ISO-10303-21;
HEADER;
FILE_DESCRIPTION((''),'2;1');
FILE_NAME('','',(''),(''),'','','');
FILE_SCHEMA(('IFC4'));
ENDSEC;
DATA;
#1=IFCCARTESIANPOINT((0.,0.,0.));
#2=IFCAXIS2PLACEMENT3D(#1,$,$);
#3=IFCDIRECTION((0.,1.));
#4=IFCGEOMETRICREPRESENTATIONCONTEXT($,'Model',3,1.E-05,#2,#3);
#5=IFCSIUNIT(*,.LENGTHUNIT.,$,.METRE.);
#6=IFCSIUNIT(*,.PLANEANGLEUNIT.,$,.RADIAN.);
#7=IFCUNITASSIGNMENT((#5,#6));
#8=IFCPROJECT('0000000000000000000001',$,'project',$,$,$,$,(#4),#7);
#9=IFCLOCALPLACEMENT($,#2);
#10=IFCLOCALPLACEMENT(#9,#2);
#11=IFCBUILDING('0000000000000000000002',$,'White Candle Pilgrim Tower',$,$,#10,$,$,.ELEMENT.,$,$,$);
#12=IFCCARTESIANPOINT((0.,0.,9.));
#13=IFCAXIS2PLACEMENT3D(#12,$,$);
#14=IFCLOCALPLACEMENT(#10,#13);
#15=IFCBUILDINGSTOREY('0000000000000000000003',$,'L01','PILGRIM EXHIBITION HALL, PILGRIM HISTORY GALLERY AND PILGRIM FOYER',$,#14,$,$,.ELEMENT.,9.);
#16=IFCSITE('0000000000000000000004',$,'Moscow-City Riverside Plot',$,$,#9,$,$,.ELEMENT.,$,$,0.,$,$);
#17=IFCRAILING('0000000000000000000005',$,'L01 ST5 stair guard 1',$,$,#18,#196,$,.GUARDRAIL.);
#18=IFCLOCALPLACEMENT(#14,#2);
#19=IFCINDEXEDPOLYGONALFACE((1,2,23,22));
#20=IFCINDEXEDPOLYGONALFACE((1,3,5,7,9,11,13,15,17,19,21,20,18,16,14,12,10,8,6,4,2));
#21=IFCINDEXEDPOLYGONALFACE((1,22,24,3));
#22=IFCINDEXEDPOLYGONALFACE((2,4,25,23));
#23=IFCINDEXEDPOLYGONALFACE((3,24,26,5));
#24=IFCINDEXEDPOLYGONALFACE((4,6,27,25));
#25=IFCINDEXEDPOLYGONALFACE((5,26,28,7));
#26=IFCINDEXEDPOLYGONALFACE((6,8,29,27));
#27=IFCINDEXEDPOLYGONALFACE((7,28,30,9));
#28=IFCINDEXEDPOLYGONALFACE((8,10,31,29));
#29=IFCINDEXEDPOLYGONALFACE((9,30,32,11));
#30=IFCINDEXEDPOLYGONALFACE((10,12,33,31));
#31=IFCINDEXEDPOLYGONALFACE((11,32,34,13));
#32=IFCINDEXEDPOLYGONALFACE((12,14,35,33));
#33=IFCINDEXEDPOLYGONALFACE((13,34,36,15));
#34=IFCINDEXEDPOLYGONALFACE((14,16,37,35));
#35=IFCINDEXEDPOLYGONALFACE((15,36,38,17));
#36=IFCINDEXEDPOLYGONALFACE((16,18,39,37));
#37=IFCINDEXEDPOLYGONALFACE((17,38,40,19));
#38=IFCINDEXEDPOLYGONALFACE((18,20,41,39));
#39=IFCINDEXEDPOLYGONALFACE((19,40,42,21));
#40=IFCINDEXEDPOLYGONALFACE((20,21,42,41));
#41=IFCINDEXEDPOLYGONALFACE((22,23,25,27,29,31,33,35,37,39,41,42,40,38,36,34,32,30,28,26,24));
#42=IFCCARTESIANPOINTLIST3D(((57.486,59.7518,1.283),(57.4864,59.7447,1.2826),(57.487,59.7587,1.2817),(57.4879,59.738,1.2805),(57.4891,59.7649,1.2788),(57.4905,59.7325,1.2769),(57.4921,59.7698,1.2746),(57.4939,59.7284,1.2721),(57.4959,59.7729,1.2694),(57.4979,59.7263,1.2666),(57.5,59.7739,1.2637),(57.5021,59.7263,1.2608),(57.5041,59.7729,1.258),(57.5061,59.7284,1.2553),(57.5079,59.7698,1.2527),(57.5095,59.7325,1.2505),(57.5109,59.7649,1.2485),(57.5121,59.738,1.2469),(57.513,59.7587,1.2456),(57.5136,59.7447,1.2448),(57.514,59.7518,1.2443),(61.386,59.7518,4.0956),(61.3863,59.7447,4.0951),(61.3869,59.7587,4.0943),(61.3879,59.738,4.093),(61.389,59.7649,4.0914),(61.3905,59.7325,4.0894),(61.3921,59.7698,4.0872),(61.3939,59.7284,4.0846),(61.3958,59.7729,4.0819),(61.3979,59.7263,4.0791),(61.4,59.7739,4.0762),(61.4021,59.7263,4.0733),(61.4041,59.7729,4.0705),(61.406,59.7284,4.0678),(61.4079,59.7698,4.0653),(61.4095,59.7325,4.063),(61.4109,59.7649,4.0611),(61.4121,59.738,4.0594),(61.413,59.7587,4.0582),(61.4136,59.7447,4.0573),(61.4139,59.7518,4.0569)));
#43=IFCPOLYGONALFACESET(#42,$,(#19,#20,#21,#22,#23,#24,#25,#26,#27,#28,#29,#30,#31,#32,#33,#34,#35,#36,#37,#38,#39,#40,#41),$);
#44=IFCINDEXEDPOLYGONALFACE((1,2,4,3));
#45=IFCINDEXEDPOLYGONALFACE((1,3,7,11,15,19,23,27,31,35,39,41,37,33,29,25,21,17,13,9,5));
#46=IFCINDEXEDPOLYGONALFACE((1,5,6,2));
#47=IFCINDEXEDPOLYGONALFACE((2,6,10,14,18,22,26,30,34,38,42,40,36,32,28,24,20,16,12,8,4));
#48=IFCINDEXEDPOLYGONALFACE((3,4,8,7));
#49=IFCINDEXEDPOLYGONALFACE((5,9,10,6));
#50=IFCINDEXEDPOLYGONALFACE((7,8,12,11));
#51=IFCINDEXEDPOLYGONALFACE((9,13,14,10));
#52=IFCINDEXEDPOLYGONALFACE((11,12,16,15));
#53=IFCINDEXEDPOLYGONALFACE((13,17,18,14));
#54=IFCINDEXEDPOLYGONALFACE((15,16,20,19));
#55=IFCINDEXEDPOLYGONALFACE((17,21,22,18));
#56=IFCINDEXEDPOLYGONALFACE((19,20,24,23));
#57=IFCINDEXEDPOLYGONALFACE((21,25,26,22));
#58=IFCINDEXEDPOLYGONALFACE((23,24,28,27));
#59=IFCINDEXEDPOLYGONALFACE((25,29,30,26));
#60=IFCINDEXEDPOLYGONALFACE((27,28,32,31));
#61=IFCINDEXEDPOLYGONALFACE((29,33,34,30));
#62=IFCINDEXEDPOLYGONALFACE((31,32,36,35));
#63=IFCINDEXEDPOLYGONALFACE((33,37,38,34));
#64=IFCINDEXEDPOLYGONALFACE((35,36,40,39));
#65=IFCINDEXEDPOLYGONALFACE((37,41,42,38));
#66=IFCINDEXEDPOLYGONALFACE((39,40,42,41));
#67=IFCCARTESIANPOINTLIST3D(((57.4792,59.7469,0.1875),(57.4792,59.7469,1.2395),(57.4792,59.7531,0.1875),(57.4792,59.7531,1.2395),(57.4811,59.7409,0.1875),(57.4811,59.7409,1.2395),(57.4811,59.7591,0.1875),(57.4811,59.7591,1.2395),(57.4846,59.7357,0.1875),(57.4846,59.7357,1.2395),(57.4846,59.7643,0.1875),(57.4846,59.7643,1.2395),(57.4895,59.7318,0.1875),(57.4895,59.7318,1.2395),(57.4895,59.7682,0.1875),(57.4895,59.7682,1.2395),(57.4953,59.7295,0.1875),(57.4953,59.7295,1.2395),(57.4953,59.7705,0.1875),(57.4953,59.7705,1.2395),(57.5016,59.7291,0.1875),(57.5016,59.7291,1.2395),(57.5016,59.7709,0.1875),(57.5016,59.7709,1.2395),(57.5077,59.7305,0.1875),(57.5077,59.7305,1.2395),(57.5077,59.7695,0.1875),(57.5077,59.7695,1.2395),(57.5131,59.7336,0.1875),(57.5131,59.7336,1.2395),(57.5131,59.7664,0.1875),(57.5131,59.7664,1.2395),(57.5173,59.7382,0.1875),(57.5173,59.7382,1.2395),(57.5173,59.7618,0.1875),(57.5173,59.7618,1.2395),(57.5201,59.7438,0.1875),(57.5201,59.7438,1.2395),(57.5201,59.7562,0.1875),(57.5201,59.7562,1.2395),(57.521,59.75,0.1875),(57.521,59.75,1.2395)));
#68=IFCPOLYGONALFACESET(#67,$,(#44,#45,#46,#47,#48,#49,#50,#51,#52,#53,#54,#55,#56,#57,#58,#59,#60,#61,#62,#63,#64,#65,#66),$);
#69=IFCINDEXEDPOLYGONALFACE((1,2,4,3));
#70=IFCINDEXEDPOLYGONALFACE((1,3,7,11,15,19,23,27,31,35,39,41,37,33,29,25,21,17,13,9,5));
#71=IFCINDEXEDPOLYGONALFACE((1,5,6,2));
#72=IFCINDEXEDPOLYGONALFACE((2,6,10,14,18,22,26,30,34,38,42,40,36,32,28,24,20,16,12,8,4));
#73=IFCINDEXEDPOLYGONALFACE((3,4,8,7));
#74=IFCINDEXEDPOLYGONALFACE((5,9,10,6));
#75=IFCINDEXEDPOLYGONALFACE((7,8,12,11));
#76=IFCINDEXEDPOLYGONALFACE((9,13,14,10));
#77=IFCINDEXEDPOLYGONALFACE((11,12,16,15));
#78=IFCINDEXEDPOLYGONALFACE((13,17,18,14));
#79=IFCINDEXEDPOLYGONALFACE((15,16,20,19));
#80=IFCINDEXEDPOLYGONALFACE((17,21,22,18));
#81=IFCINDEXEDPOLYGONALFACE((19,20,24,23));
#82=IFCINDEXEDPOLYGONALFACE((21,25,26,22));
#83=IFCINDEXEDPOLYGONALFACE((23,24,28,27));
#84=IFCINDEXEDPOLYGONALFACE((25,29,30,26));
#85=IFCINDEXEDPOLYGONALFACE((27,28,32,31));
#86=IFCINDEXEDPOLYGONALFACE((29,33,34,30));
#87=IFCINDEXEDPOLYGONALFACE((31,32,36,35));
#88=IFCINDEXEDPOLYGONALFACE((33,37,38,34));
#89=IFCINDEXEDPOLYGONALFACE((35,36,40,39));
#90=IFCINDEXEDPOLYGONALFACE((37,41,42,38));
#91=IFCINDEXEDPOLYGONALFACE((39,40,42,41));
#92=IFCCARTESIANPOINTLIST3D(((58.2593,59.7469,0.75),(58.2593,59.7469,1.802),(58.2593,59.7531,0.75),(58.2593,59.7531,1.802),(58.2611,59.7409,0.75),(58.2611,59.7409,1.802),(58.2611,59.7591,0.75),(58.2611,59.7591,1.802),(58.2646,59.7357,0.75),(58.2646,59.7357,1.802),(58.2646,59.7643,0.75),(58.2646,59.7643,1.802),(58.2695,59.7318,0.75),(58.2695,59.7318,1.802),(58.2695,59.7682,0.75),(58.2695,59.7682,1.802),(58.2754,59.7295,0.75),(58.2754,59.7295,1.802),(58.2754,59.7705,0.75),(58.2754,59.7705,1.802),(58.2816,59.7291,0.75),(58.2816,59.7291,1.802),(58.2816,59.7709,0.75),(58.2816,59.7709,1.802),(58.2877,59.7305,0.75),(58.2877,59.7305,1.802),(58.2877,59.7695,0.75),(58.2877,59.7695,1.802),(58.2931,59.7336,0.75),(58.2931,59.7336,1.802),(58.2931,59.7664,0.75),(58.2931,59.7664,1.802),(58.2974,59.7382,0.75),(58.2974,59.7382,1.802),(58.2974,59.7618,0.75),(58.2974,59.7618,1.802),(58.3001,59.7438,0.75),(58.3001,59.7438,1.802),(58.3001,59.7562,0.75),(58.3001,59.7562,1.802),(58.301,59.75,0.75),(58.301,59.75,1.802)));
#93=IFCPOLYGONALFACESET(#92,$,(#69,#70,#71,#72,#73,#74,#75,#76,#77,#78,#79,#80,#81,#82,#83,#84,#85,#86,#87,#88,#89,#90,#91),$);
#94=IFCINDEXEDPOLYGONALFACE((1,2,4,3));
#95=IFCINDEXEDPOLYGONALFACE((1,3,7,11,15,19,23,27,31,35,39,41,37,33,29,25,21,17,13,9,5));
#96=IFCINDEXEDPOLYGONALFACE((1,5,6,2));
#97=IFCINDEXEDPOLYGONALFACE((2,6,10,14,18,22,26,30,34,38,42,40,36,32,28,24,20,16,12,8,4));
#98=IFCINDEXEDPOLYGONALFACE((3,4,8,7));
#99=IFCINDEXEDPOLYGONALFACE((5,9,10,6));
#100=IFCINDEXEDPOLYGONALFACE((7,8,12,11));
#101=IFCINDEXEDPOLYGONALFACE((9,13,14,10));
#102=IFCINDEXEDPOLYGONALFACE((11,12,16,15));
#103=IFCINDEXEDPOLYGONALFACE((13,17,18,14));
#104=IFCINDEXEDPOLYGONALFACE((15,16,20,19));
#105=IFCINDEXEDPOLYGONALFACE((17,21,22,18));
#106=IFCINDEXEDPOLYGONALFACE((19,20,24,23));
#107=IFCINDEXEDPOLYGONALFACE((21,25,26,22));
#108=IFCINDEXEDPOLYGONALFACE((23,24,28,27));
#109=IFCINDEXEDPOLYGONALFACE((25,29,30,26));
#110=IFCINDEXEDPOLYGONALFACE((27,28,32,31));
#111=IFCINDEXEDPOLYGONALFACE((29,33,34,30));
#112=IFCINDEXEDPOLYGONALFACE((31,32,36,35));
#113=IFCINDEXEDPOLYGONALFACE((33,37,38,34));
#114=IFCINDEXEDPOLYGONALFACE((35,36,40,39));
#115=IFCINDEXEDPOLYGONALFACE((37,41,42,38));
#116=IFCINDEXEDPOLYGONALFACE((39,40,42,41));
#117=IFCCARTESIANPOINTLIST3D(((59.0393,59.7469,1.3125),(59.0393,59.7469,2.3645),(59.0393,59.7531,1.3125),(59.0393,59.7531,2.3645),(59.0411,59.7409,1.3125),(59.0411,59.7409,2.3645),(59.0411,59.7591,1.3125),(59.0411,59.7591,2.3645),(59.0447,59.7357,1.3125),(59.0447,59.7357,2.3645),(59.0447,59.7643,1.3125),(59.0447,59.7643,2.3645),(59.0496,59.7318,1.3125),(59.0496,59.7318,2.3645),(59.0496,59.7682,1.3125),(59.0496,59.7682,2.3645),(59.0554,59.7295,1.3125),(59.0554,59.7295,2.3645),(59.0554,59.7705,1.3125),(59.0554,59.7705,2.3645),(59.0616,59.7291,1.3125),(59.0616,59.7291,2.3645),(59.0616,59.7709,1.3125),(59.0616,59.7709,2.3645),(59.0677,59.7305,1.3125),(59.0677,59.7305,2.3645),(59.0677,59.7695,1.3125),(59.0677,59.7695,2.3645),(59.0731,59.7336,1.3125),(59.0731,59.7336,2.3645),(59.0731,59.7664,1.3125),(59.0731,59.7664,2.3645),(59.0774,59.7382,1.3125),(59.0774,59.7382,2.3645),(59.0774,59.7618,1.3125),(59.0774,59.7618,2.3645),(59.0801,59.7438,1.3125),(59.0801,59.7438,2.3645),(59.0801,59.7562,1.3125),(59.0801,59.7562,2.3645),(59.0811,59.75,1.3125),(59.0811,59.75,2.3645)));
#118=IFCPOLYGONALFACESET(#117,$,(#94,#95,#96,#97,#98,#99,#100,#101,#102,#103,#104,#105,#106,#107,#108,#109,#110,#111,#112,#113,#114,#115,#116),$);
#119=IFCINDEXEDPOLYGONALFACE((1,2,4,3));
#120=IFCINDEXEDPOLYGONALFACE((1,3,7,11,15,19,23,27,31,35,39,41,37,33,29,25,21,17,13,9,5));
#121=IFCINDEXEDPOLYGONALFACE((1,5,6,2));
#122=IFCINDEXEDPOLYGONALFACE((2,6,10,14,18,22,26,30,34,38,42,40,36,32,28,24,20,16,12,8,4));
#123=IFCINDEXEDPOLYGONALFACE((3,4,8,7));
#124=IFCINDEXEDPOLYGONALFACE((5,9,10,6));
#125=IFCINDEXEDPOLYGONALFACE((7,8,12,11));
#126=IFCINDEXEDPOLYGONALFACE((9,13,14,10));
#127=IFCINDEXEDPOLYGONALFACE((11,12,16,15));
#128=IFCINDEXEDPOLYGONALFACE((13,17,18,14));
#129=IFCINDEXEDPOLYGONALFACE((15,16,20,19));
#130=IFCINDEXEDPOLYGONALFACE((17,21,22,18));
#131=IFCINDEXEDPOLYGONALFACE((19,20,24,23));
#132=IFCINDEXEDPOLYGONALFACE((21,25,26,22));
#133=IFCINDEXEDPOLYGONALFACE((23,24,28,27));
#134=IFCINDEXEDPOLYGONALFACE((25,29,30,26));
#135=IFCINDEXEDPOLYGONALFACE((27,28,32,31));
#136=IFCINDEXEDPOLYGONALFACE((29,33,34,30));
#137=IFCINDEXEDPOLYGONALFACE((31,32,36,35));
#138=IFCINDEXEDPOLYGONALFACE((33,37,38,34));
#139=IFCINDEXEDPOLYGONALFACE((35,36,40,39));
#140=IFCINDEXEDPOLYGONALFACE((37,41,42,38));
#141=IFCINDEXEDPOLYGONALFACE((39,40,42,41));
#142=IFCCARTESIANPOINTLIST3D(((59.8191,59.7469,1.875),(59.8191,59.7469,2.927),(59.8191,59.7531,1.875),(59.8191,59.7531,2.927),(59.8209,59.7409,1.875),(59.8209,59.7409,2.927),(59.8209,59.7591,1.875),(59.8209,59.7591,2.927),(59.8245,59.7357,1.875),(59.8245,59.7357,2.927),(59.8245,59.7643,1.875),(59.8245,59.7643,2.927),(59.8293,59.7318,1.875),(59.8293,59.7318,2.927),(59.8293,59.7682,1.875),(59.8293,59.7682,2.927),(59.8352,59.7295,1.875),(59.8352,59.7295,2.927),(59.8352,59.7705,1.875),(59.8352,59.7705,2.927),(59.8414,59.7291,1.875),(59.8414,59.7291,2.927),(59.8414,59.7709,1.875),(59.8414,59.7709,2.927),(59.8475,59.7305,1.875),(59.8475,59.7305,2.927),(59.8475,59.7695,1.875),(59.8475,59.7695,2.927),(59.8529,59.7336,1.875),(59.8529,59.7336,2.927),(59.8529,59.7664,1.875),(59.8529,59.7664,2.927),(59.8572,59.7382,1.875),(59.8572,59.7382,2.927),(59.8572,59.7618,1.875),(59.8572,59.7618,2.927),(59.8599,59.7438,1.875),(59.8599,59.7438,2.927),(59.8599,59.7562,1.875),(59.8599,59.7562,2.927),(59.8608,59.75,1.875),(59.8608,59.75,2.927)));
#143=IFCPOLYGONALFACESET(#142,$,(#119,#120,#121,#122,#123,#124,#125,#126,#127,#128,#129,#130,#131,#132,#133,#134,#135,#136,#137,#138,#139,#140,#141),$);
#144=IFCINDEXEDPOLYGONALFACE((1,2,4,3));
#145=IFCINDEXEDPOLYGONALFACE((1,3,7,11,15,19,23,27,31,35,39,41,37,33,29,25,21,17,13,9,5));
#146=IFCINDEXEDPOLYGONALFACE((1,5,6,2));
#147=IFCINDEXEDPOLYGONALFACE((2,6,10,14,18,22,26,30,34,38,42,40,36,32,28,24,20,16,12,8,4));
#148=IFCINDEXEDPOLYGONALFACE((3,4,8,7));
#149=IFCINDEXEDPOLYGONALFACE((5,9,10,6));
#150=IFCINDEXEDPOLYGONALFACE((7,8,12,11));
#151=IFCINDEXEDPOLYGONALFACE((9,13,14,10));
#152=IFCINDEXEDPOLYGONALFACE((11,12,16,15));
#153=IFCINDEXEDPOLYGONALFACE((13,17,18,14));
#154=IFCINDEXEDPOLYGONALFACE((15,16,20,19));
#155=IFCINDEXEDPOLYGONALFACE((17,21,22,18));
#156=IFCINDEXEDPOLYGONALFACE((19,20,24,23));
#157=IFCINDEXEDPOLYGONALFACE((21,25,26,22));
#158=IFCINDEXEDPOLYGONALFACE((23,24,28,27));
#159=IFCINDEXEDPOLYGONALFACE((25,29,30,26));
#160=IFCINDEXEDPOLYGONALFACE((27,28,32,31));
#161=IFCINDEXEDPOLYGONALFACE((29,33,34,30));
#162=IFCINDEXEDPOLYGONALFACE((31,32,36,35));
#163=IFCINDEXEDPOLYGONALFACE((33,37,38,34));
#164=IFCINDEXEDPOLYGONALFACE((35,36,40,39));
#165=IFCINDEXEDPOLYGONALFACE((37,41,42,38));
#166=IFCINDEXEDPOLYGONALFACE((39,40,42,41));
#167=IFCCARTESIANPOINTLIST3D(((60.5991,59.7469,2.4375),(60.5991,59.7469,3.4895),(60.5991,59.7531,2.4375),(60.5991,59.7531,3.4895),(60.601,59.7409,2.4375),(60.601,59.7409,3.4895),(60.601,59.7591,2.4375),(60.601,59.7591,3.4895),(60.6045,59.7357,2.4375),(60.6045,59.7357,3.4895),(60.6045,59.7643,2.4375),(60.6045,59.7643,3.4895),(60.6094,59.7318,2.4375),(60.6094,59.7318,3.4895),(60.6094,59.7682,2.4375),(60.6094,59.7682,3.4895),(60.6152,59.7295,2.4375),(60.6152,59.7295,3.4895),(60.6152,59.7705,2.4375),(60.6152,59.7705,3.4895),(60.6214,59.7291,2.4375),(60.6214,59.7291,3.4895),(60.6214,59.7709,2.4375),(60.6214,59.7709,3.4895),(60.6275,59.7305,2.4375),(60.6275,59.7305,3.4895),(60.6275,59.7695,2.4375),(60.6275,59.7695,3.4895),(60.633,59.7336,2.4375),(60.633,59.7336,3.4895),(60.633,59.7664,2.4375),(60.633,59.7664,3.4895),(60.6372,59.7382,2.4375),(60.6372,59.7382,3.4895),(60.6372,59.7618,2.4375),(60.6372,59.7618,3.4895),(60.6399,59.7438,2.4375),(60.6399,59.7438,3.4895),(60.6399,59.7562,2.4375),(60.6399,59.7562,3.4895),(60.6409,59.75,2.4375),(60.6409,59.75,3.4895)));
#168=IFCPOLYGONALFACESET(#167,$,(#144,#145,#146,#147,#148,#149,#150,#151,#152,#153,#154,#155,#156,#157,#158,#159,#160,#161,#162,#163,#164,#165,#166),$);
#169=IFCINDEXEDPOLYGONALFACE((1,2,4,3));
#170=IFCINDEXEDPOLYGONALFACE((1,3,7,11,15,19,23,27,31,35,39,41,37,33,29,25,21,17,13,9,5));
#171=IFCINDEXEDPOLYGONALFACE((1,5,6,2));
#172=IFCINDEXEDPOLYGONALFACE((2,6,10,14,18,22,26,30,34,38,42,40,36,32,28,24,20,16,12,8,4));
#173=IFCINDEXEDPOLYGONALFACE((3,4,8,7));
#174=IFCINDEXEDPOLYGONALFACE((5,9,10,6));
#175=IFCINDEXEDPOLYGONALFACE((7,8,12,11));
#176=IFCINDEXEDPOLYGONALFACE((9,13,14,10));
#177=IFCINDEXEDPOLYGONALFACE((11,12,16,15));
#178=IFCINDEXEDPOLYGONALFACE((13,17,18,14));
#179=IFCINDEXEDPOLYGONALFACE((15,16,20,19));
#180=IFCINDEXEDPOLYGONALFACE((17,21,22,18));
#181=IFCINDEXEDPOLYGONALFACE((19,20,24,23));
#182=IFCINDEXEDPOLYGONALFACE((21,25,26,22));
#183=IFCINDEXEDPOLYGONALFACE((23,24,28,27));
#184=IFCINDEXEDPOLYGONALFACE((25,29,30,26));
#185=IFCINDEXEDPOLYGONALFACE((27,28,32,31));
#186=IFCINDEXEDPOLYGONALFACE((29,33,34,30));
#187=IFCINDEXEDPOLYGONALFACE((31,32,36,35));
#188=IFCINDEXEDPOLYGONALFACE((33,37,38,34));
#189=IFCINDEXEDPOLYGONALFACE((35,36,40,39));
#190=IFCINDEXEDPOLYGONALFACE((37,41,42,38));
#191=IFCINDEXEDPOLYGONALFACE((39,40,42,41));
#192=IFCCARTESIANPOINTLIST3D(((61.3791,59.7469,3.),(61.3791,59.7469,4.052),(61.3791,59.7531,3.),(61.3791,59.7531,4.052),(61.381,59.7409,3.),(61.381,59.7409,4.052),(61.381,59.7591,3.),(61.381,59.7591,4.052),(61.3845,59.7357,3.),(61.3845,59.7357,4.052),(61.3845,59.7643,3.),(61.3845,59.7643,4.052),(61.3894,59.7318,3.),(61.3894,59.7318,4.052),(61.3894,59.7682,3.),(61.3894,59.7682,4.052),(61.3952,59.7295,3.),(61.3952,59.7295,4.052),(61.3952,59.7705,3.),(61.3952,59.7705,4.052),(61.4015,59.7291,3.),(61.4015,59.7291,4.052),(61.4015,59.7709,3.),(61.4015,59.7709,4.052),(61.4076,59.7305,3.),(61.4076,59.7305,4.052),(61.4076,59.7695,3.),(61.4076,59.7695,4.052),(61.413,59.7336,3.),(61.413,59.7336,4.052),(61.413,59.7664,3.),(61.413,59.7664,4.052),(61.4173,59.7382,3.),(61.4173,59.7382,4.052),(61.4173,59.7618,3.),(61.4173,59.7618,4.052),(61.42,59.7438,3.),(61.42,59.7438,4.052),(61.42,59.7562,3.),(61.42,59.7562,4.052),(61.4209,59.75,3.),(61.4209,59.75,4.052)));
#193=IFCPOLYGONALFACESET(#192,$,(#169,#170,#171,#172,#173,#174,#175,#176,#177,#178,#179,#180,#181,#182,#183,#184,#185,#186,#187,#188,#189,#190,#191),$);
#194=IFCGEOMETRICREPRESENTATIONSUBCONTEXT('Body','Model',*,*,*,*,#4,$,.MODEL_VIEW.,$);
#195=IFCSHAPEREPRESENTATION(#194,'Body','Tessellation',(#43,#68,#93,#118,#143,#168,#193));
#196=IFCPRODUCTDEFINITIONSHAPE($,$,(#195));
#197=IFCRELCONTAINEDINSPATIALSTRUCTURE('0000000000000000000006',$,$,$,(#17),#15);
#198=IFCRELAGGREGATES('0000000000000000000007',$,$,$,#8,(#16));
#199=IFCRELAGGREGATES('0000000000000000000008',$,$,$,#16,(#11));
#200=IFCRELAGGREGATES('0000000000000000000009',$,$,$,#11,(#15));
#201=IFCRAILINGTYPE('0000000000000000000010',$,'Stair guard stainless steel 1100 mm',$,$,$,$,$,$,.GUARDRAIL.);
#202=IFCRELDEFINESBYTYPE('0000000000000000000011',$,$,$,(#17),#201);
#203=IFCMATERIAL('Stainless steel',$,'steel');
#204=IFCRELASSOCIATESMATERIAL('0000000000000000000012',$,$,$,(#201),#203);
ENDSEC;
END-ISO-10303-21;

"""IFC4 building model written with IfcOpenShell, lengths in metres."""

from ifc_helpers import new_model, si_unit, direction, frame, origin, origin_2d, place, context, subcontext, project, spatial, circle, extrude, material, type_object, element, save


model = new_model("IFC4")

# Units and contexts
model_context = context("Model", 3, precision=1e-05, world=origin(), true_north=direction((0.0, 1.0)))
body_context = subcontext(model_context, "Body", "Model", "MODEL_VIEW")
ifc_project = project(units=[si_unit("LENGTHUNIT", "METRE"), si_unit("PLANEANGLEUNIT", "RADIAN")], contexts=[model_context])

# Site, building, storey
site_placement = place(None, origin())
site = spatial("IfcSite", under=ifc_project, at=site_placement, Name="Moscow-City Riverside Plot", CompositionType="ELEMENT", RefElevation=0.0)
building_placement = place(site_placement, origin())
building = spatial("IfcBuilding", under=site, at=building_placement, Name="White Candle Pilgrim Tower", CompositionType="ELEMENT")
storey_placement = place(building_placement, frame((0.0, 0.0, 9.0)))
storey = spatial("IfcBuildingStorey", under=building, at=storey_placement, Name="L01", Description="PILGRIM EXHIBITION HALL, PILGRIM HISTORY GALLERY AND PILGRIM FOYER", CompositionType="ELEMENT", Elevation=9.0)

# Railing
ifc_material_1 = material(Name="Stainless steel", Category="steel")
railing_type_1 = type_object("IfcRailingType", Name="Stair guard stainless steel 1100 mm", PredefinedType="GUARDRAIL", material=ifc_material_1)
railing_1_placement = place(storey_placement, frame((57.5, 59.75, 0.1875)))
element("IfcRailing", 1, at=railing_1_placement, inside=storey, type_object=railing_type_1, Name="L01 ST5 stair guard 1", PredefinedType="GUARDRAIL", context=body_context, shape_type="SweptSolid", body=[
    extrude(circle(Radius=0.0239, at=origin_2d()), frame((0.0, 0.0, 1.0762), z_axis=(0.811083, 0.0, 0.584931), x_axis=(0.0, 1.0, 0.0)), (0.0, 0.0, 1.0), 4.8083),
    extrude(circle(Radius=0.021, at=origin_2d()), origin(), (0.0, 0.0, 1.0), 1.052),
    extrude(circle(Radius=0.021, at=origin_2d()), frame((0.78, 0.0, 0.5625)), (0.0, 0.0, 1.0), 1.052),
    extrude(circle(Radius=0.021, at=origin_2d()), frame((1.5601, 0.0, 1.125)), (0.0, 0.0, 1.0), 1.052),
    extrude(circle(Radius=0.021, at=origin_2d()), frame((2.3398, 0.0, 1.6875)), (0.0, 0.0, 1.0), 1.052),
    extrude(circle(Radius=0.021, at=origin_2d()), frame((3.1199, 0.0, 2.25)), (0.0, 0.0, 1.0), 1.052),
    extrude(circle(Radius=0.021, at=origin_2d()), frame((3.8999, 0.0, 2.8125)), (0.0, 0.0, 1.0), 1.052),
])

save(model, "model.ifc")
